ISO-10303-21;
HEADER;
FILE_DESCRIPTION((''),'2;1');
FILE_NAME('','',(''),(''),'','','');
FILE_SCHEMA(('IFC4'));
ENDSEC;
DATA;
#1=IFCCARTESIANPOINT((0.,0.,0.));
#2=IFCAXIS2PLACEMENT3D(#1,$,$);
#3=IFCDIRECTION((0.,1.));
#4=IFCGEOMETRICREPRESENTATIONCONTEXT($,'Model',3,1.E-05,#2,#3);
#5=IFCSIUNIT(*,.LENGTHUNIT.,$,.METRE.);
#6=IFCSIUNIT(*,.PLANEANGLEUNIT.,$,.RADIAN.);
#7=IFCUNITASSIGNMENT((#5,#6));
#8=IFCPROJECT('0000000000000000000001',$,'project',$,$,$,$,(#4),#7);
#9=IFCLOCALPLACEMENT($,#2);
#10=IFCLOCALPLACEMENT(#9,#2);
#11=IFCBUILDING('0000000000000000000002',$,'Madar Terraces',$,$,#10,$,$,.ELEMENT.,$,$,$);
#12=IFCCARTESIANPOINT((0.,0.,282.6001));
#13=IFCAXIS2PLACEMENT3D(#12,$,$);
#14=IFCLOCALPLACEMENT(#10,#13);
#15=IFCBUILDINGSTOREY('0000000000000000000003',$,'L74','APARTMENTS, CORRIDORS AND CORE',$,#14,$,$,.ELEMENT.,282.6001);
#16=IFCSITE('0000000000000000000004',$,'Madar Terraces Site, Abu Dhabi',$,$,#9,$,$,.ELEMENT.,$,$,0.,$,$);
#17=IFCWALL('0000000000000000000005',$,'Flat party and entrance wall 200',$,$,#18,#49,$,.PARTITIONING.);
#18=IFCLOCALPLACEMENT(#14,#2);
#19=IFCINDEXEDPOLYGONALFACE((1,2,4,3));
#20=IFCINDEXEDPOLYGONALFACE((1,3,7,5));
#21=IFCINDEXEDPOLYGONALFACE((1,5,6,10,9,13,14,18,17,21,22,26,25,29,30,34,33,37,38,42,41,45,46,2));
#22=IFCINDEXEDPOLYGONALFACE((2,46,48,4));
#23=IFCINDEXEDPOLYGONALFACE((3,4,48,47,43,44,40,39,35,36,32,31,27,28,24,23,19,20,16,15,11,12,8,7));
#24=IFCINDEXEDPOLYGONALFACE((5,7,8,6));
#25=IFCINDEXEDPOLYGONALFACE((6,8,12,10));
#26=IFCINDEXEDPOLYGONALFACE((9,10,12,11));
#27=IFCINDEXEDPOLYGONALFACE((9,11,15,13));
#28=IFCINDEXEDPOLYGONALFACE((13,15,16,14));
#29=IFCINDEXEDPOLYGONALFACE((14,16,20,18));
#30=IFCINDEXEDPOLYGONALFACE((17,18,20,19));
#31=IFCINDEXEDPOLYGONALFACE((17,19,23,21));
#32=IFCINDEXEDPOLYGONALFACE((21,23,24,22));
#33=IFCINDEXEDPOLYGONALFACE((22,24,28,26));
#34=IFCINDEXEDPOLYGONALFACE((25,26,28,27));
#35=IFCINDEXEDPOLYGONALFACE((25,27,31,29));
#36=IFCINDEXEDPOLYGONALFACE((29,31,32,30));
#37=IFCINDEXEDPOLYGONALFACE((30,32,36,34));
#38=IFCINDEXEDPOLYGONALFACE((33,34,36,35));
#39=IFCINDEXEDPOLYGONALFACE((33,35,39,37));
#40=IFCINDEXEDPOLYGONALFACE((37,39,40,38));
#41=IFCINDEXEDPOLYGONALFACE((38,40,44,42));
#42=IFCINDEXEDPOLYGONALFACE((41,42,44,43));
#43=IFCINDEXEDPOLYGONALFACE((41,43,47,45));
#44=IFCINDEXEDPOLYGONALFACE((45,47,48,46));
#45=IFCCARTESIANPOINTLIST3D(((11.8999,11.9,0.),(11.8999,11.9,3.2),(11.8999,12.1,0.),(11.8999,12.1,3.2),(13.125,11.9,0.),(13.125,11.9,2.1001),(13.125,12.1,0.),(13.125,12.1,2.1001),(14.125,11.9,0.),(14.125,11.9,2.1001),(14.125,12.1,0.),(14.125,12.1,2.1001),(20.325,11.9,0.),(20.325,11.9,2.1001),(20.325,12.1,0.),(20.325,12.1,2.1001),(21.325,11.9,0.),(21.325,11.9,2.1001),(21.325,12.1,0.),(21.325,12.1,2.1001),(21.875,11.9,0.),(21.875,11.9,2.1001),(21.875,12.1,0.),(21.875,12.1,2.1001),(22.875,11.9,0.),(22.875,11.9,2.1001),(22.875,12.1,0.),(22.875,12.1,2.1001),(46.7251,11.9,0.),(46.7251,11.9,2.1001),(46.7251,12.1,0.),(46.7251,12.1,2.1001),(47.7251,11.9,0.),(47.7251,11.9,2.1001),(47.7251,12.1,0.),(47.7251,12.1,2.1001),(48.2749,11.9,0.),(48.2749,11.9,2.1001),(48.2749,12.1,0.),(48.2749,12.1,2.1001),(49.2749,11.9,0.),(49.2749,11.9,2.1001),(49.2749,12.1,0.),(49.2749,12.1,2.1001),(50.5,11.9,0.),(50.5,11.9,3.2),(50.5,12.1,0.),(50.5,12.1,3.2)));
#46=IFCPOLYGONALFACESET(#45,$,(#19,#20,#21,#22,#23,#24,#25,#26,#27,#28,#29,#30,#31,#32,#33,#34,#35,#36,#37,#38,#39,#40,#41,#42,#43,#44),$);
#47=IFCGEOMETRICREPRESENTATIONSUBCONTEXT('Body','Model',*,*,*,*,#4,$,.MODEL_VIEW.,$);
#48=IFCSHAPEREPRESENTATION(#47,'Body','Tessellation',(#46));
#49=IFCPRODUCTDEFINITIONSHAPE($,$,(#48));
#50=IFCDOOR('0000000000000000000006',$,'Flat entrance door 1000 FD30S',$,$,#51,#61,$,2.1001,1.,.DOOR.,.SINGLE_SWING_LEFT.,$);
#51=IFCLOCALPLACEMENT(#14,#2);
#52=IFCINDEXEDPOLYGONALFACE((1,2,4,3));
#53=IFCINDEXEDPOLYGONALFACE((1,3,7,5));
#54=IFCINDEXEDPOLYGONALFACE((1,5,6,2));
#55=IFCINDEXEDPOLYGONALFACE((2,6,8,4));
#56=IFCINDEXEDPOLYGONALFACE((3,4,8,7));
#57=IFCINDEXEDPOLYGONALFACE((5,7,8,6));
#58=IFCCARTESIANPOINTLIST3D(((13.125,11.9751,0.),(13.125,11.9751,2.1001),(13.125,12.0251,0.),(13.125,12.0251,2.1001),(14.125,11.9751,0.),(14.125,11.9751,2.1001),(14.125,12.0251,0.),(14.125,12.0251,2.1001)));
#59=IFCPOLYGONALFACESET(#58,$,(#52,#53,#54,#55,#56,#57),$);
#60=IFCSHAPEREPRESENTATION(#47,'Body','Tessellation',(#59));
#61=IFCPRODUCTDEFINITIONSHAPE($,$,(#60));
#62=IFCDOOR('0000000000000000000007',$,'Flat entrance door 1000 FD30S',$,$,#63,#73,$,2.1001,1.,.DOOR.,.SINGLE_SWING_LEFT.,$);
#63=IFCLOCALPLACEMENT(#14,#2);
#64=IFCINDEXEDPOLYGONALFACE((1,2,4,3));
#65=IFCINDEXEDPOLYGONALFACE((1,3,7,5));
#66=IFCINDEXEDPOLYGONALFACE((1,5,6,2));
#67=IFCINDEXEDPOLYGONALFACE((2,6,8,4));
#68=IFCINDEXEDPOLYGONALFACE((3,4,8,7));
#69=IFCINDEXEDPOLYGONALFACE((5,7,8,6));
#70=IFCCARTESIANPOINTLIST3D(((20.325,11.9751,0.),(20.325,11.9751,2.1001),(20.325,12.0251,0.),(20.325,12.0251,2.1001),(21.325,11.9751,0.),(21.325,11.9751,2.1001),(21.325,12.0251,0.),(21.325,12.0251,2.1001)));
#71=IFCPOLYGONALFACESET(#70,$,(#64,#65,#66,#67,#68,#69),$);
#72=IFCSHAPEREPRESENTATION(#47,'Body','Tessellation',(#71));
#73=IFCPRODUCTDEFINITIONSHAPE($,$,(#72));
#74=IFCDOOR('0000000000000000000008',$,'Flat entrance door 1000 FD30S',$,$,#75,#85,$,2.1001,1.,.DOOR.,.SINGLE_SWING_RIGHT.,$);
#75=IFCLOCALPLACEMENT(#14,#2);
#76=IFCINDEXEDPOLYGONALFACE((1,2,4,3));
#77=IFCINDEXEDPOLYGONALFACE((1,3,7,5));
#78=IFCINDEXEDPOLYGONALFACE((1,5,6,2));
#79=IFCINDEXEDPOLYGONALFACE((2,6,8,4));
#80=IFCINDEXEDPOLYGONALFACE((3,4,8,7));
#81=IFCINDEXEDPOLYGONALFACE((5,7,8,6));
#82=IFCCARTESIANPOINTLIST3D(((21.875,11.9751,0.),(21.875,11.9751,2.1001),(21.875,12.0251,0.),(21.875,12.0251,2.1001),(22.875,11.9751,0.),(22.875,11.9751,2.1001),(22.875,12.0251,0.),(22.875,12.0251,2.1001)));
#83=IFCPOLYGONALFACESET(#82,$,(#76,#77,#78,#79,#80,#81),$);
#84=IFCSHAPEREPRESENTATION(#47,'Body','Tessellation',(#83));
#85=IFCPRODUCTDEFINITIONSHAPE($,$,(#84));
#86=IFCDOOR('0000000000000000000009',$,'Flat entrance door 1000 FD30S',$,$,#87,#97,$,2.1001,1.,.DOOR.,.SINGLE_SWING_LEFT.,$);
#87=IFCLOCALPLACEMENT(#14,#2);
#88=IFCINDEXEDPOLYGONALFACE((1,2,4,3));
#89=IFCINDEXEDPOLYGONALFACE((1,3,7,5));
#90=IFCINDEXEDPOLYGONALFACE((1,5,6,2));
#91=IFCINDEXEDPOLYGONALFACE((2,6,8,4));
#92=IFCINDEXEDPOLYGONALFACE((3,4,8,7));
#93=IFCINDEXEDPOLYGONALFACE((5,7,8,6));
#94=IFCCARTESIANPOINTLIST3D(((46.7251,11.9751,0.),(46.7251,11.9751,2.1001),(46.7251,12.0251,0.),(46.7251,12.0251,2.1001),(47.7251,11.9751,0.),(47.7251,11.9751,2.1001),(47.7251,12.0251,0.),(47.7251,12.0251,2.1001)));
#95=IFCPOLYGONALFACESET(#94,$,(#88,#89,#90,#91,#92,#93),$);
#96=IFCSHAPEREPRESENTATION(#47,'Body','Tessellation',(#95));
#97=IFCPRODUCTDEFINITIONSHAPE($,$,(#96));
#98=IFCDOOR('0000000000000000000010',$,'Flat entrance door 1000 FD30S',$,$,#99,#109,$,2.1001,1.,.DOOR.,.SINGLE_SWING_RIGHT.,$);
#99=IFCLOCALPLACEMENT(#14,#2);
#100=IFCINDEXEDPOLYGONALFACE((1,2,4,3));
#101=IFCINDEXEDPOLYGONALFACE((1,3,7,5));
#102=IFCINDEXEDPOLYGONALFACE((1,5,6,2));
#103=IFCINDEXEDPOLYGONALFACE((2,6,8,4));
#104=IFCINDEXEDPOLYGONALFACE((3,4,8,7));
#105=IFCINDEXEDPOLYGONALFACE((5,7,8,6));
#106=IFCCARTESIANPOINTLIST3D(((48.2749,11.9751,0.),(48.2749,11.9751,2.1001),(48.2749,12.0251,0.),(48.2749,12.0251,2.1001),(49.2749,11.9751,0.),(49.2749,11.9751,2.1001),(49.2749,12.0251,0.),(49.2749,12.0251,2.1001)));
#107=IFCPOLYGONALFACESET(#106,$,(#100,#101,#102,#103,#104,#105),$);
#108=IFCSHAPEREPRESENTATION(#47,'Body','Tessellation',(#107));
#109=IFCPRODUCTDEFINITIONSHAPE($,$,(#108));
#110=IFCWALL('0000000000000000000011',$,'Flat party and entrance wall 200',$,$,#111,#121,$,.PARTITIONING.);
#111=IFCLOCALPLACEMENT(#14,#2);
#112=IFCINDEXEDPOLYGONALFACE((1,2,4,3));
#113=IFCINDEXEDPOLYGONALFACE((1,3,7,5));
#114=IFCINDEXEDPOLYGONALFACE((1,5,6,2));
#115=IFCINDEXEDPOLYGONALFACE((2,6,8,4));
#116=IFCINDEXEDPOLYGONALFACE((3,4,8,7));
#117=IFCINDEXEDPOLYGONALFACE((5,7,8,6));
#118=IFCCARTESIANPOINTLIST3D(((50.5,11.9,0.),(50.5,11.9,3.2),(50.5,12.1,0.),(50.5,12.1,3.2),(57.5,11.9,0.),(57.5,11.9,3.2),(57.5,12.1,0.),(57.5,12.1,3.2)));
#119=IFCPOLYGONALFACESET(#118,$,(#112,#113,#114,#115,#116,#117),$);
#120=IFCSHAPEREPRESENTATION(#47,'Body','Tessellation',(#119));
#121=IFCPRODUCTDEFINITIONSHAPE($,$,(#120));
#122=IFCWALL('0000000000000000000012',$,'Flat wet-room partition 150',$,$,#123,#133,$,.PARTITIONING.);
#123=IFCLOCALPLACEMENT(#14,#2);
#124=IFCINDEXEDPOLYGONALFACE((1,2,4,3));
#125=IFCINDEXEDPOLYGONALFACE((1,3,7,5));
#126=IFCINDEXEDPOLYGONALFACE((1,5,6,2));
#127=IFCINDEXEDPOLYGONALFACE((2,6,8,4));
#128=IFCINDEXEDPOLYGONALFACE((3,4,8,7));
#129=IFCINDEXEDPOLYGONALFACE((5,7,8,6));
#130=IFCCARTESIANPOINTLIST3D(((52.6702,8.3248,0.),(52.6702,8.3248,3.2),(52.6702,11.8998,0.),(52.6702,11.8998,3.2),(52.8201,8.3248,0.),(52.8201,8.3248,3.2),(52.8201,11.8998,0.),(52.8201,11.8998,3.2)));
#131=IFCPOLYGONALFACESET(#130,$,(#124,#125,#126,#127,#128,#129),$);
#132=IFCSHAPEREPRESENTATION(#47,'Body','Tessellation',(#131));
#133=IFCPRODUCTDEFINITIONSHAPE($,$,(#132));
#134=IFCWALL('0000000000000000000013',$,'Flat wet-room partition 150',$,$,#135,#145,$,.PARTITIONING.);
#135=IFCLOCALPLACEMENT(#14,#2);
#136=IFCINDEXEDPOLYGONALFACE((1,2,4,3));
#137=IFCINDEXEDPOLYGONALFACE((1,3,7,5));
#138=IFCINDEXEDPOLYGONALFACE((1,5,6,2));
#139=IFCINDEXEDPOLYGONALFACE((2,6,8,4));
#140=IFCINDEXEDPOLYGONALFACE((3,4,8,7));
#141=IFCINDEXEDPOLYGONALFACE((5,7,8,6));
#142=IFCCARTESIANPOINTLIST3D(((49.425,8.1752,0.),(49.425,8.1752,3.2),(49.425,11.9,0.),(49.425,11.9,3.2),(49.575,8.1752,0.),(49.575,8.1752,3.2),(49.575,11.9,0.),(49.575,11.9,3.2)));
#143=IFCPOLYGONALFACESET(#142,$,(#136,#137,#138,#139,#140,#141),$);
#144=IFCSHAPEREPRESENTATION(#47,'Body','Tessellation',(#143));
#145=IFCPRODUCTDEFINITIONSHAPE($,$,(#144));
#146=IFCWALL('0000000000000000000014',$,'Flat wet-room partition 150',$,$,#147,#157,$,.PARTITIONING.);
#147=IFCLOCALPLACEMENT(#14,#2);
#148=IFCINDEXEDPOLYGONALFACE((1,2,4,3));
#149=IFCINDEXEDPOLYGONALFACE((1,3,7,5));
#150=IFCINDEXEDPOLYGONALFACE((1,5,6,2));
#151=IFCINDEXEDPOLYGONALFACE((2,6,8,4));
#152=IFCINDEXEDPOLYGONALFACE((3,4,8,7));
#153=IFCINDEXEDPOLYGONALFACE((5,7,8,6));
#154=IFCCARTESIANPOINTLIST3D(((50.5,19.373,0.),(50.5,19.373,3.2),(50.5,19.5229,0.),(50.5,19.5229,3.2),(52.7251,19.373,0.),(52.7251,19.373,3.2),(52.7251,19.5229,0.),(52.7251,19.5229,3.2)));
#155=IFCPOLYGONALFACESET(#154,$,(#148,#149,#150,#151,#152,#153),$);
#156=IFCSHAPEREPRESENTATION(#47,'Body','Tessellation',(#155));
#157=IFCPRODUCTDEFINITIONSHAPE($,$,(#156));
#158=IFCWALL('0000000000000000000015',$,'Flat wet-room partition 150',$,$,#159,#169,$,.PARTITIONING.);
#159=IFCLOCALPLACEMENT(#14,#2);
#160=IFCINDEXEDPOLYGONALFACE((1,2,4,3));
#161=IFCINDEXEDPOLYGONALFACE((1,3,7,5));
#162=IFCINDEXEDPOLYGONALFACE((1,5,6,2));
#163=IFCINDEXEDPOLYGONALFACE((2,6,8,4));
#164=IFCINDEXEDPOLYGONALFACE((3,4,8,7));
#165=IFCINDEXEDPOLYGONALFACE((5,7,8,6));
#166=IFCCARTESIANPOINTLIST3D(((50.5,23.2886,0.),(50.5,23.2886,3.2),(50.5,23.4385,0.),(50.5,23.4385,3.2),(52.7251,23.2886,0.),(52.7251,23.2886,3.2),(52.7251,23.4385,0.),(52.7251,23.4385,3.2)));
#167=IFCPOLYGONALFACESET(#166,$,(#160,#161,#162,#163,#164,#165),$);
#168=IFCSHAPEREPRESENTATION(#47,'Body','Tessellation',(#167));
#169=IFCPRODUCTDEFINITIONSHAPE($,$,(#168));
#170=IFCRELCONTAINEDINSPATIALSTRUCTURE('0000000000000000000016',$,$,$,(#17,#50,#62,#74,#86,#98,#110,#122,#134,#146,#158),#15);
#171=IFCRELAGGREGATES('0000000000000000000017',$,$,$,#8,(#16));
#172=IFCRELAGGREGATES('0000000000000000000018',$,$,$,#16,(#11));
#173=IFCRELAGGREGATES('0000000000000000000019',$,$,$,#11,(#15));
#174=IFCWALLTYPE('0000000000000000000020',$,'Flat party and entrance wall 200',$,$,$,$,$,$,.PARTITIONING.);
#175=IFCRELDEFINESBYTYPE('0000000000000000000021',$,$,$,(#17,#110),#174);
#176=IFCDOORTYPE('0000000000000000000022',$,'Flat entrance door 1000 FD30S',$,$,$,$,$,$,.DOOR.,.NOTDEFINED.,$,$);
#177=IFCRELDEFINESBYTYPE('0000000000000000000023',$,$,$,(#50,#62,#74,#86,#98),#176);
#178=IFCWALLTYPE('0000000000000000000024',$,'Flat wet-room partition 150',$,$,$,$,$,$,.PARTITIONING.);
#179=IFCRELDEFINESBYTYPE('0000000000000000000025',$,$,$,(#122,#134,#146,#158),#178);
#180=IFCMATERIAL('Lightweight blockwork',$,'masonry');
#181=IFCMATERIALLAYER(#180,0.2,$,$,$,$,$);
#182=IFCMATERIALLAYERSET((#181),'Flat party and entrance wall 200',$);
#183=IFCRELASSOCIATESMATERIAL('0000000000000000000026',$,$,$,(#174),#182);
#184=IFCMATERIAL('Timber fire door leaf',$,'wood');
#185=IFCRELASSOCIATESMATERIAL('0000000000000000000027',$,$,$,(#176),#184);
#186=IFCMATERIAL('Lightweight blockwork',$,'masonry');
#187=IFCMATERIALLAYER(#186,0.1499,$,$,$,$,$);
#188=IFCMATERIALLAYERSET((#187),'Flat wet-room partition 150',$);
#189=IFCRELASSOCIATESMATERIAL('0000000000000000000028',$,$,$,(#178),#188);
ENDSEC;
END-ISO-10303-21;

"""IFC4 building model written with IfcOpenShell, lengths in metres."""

from ifc_helpers import new_model, si_unit, direction, frame, frame_2d, origin, place, context, subcontext, project, spatial, rectangle, extrude, material, layer, layer_set, type_object, element, fill, save


model = new_model("IFC4")

# Units and contexts
model_context = context("Model", 3, precision=1e-05, world=origin(), true_north=direction((0.0, 1.0)))
body_context = subcontext(model_context, "Body", "Model", "MODEL_VIEW")
ifc_project = project(units=[si_unit("LENGTHUNIT", "METRE"), si_unit("PLANEANGLEUNIT", "RADIAN")], contexts=[model_context])

# Site, building, storey
site_placement = place(None, origin())
site = spatial("IfcSite", under=ifc_project, at=site_placement, Name="Madar Terraces Site, Abu Dhabi", CompositionType="ELEMENT", RefElevation=0.0)
building_placement = place(site_placement, origin())
building = spatial("IfcBuilding", under=site, at=building_placement, Name="Madar Terraces", CompositionType="ELEMENT")
storey_placement = place(building_placement, frame((0.0, 0.0, 282.6001)))
storey = spatial("IfcBuildingStorey", under=building, at=storey_placement, Name="L74", Description="APARTMENTS, CORRIDORS AND CORE", CompositionType="ELEMENT", Elevation=282.6001)

# Wall, openings, doors
ifc_material_1 = material(Name="Lightweight blockwork", Category="masonry")
ifc_layer_1 = layer(ifc_material_1, 0.2)
ifc_layer_set_1 = layer_set([ifc_layer_1], Name="Flat party and entrance wall 200")
wall_type_1 = type_object("IfcWallType", Name="Flat party and entrance wall 200", PredefinedType="PARTITIONING", material=ifc_layer_set_1)
wall_1_placement = place(storey_placement, frame((50.5, 12.0, 0.0), z_axis=(0.0, 0.0, 1.0), x_axis=(-1.0, 0.0, 0.0)))
wall_1 = element("IfcWall", 1, at=wall_1_placement, inside=storey, type_object=wall_type_1, Name="Flat party and entrance wall 200", PredefinedType="PARTITIONING", context=body_context, shape_type="SweptSolid", body=[
    extrude(rectangle(XDim=38.6001, YDim=0.2, at=frame_2d((19.3, 0.0))), origin(), (0.0, 0.0, 1.0), 3.2),
])
opening_1_placement = place(wall_1_placement, frame((36.375, 0.0, 0.0)))
opening_1 = element("IfcOpeningElement", 2, at=opening_1_placement, cuts=wall_1, PredefinedType="OPENING", context=body_context, shape_type="SweptSolid", body=[
    extrude(rectangle(XDim=1.0, YDim=2.1001, at=frame_2d((0.5, 1.05))), frame((0.0, 0.1099, 0.0), z_axis=(0.0, -1.0, 0.0), x_axis=(1.0, 0.0, 0.0)), (0.0, 0.0, 1.0), 0.22),
])
opening_2_placement = place(wall_1_placement, frame((29.175, 0.0, 0.0)))
opening_2 = element("IfcOpeningElement", 3, at=opening_2_placement, cuts=wall_1, PredefinedType="OPENING", context=body_context, shape_type="SweptSolid", body=[
    extrude(rectangle(XDim=1.0, YDim=2.1001, at=frame_2d((0.5, 1.05))), frame((0.0, 0.1099, 0.0), z_axis=(0.0, -1.0, 0.0), x_axis=(1.0, 0.0, 0.0)), (0.0, 0.0, 1.0), 0.22),
])
opening_3_placement = place(wall_1_placement, frame((27.625, 0.0, 0.0)))
opening_3 = element("IfcOpeningElement", 4, at=opening_3_placement, cuts=wall_1, PredefinedType="OPENING", context=body_context, shape_type="SweptSolid", body=[
    extrude(rectangle(XDim=1.0, YDim=2.1001, at=frame_2d((0.5, 1.05))), frame((0.0, 0.1099, 0.0), z_axis=(0.0, -1.0, 0.0), x_axis=(1.0, 0.0, 0.0)), (0.0, 0.0, 1.0), 0.22),
])
opening_4_placement = place(wall_1_placement, frame((2.7749, 0.0, 0.0)))
opening_4 = element("IfcOpeningElement", 5, at=opening_4_placement, cuts=wall_1, PredefinedType="OPENING", context=body_context, shape_type="SweptSolid", body=[
    extrude(rectangle(XDim=1.0, YDim=2.1001, at=frame_2d((0.5, 1.05))), frame((0.0, 0.1099, 0.0), z_axis=(0.0, -1.0, 0.0), x_axis=(1.0, 0.0, 0.0)), (0.0, 0.0, 1.0), 0.22),
])
opening_5_placement = place(wall_1_placement, frame((1.2251, 0.0, 0.0)))
opening_5 = element("IfcOpeningElement", 6, at=opening_5_placement, cuts=wall_1, PredefinedType="OPENING", context=body_context, shape_type="SweptSolid", body=[
    extrude(rectangle(XDim=1.0, YDim=2.1001, at=frame_2d((0.5, 1.05))), frame((0.0, 0.1099, 0.0), z_axis=(0.0, -1.0, 0.0), x_axis=(1.0, 0.0, 0.0)), (0.0, 0.0, 1.0), 0.22),
])
ifc_material_2 = material(Name="Timber fire door leaf", Category="wood")
door_type_1 = type_object("IfcDoorType", Name="Flat entrance door 1000 FD30S", OperationType="NOTDEFINED", PredefinedType="DOOR", material=ifc_material_2)
door_1_placement = place(opening_1_placement, origin())
door_1 = element("IfcDoor", 7, at=door_1_placement, inside=storey, type_object=door_type_1, Name="Flat entrance door 1000 FD30S", OperationType="SINGLE_SWING_LEFT", OverallHeight=2.1001, OverallWidth=1.0, PredefinedType="DOOR", context=body_context, shape_type="SweptSolid", body=[
    extrude(rectangle(XDim=1.0, YDim=2.1001, at=frame_2d((0.5, 1.05))), frame((0.0, 0.0249, 0.0), z_axis=(0.0, -1.0, 0.0), x_axis=(1.0, 0.0, 0.0)), (0.0, 0.0, 1.0), 0.05),
])
fill(opening_1, door_1)
door_2_placement = place(opening_2_placement, origin())
door_2 = element("IfcDoor", 8, at=door_2_placement, inside=storey, type_object=door_type_1, Name="Flat entrance door 1000 FD30S", OperationType="SINGLE_SWING_LEFT", OverallHeight=2.1001, OverallWidth=1.0, PredefinedType="DOOR", context=body_context, shape_type="SweptSolid", body=[
    extrude(rectangle(XDim=1.0, YDim=2.1001, at=frame_2d((0.5, 1.05))), frame((0.0, 0.0249, 0.0), z_axis=(0.0, -1.0, 0.0), x_axis=(1.0, 0.0, 0.0)), (0.0, 0.0, 1.0), 0.05),
])
fill(opening_2, door_2)
door_3_placement = place(opening_3_placement, origin())
door_3 = element("IfcDoor", 9, at=door_3_placement, inside=storey, type_object=door_type_1, Name="Flat entrance door 1000 FD30S", OperationType="SINGLE_SWING_RIGHT", OverallHeight=2.1001, OverallWidth=1.0, PredefinedType="DOOR", context=body_context, shape_type="SweptSolid", body=[
    extrude(rectangle(XDim=1.0, YDim=2.1001, at=frame_2d((0.5, 1.05))), frame((0.0, 0.0249, 0.0), z_axis=(0.0, -1.0, 0.0), x_axis=(1.0, 0.0, 0.0)), (0.0, 0.0, 1.0), 0.05),
])
fill(opening_3, door_3)
door_4_placement = place(opening_4_placement, origin())
door_4 = element("IfcDoor", 10, at=door_4_placement, inside=storey, type_object=door_type_1, Name="Flat entrance door 1000 FD30S", OperationType="SINGLE_SWING_LEFT", OverallHeight=2.1001, OverallWidth=1.0, PredefinedType="DOOR", context=body_context, shape_type="SweptSolid", body=[
    extrude(rectangle(XDim=1.0, YDim=2.1001, at=frame_2d((0.5, 1.05))), frame((0.0, 0.0249, 0.0), z_axis=(0.0, -1.0, 0.0), x_axis=(1.0, 0.0, 0.0)), (0.0, 0.0, 1.0), 0.05),
])
fill(opening_4, door_4)
door_5_placement = place(opening_5_placement, origin())
door_5 = element("IfcDoor", 11, at=door_5_placement, inside=storey, type_object=door_type_1, Name="Flat entrance door 1000 FD30S", OperationType="SINGLE_SWING_RIGHT", OverallHeight=2.1001, OverallWidth=1.0, PredefinedType="DOOR", context=body_context, shape_type="SweptSolid", body=[
    extrude(rectangle(XDim=1.0, YDim=2.1001, at=frame_2d((0.5, 1.05))), frame((0.0, 0.0249, 0.0), z_axis=(0.0, -1.0, 0.0), x_axis=(1.0, 0.0, 0.0)), (0.0, 0.0, 1.0), 0.05),
])
fill(opening_5, door_5)

# Walls
wall_2_placement = place(storey_placement, frame((50.5, 12.0, 0.0), z_axis=(0.0, 0.0, 1.0), x_axis=(1.0, 0.0, 0.0)))
element("IfcWall", 12, at=wall_2_placement, inside=storey, type_object=wall_type_1, Name="Flat party and entrance wall 200", PredefinedType="PARTITIONING", context=body_context, shape_type="SweptSolid", body=[
    extrude(rectangle(XDim=7.0, YDim=0.2, at=frame_2d((3.5, 0.0))), origin(), (0.0, 0.0, 1.0), 3.2),
])
ifc_material_3 = material(Name="Lightweight blockwork", Category="masonry")
ifc_layer_2 = layer(ifc_material_3, 0.1499)
ifc_layer_set_2 = layer_set([ifc_layer_2], Name="Flat wet-room partition 150")
wall_type_2 = type_object("IfcWallType", Name="Flat wet-room partition 150", PredefinedType="PARTITIONING", material=ifc_layer_set_2)
wall_3_placement = place(storey_placement, frame((52.7451, 11.8999, 0.0), z_axis=(0.0, 0.0, 1.0), x_axis=(0.0, -1.0, 0.0)))
element("IfcWall", 13, at=wall_3_placement, inside=storey, type_object=wall_type_2, Name="Flat wet-room partition 150", PredefinedType="PARTITIONING", context=body_context, shape_type="SweptSolid", body=[
    extrude(rectangle(XDim=3.575, YDim=0.1499, at=frame_2d((1.7876, 0.0))), origin(), (0.0, 0.0, 1.0), 3.2),
])
wall_4_placement = place(storey_placement, frame((49.5, 11.8999, 0.0), z_axis=(0.0, 0.0, 1.0), x_axis=(0.0, -1.0, 0.0)))
element("IfcWall", 14, at=wall_4_placement, inside=storey, type_object=wall_type_2, Name="Flat wet-room partition 150", PredefinedType="PARTITIONING", context=body_context, shape_type="SweptSolid", body=[
    extrude(rectangle(XDim=3.7249, YDim=0.1499, at=frame_2d((1.8623, 0.0))), origin(), (0.0, 0.0, 1.0), 3.2),
])
for number, where, z_axis, x_axis, name in (
    (15, (50.5, 19.448, 0.0), (0.0, 0.0, 1.0), (1.0, 0.0, 0.0), "Flat wet-room partition 150"),
    (16, (50.5, 23.3635, 0.0), (0.0, 0.0, 1.0), (1.0, 0.0, 0.0), "Flat wet-room partition 150"),
):
    element("IfcWall", number, at=place(storey_placement, frame(where, z_axis=z_axis, x_axis=x_axis)), inside=storey, type_object=wall_type_2, Name=name, PredefinedType="PARTITIONING", context=body_context, shape_type="SweptSolid", body=[
        extrude(rectangle(XDim=2.2251, YDim=0.1499, at=frame_2d((1.1125, 0.0))), origin(), (0.0, 0.0, 1.0), 3.2),
    ])

save(model, "model.ifc")
